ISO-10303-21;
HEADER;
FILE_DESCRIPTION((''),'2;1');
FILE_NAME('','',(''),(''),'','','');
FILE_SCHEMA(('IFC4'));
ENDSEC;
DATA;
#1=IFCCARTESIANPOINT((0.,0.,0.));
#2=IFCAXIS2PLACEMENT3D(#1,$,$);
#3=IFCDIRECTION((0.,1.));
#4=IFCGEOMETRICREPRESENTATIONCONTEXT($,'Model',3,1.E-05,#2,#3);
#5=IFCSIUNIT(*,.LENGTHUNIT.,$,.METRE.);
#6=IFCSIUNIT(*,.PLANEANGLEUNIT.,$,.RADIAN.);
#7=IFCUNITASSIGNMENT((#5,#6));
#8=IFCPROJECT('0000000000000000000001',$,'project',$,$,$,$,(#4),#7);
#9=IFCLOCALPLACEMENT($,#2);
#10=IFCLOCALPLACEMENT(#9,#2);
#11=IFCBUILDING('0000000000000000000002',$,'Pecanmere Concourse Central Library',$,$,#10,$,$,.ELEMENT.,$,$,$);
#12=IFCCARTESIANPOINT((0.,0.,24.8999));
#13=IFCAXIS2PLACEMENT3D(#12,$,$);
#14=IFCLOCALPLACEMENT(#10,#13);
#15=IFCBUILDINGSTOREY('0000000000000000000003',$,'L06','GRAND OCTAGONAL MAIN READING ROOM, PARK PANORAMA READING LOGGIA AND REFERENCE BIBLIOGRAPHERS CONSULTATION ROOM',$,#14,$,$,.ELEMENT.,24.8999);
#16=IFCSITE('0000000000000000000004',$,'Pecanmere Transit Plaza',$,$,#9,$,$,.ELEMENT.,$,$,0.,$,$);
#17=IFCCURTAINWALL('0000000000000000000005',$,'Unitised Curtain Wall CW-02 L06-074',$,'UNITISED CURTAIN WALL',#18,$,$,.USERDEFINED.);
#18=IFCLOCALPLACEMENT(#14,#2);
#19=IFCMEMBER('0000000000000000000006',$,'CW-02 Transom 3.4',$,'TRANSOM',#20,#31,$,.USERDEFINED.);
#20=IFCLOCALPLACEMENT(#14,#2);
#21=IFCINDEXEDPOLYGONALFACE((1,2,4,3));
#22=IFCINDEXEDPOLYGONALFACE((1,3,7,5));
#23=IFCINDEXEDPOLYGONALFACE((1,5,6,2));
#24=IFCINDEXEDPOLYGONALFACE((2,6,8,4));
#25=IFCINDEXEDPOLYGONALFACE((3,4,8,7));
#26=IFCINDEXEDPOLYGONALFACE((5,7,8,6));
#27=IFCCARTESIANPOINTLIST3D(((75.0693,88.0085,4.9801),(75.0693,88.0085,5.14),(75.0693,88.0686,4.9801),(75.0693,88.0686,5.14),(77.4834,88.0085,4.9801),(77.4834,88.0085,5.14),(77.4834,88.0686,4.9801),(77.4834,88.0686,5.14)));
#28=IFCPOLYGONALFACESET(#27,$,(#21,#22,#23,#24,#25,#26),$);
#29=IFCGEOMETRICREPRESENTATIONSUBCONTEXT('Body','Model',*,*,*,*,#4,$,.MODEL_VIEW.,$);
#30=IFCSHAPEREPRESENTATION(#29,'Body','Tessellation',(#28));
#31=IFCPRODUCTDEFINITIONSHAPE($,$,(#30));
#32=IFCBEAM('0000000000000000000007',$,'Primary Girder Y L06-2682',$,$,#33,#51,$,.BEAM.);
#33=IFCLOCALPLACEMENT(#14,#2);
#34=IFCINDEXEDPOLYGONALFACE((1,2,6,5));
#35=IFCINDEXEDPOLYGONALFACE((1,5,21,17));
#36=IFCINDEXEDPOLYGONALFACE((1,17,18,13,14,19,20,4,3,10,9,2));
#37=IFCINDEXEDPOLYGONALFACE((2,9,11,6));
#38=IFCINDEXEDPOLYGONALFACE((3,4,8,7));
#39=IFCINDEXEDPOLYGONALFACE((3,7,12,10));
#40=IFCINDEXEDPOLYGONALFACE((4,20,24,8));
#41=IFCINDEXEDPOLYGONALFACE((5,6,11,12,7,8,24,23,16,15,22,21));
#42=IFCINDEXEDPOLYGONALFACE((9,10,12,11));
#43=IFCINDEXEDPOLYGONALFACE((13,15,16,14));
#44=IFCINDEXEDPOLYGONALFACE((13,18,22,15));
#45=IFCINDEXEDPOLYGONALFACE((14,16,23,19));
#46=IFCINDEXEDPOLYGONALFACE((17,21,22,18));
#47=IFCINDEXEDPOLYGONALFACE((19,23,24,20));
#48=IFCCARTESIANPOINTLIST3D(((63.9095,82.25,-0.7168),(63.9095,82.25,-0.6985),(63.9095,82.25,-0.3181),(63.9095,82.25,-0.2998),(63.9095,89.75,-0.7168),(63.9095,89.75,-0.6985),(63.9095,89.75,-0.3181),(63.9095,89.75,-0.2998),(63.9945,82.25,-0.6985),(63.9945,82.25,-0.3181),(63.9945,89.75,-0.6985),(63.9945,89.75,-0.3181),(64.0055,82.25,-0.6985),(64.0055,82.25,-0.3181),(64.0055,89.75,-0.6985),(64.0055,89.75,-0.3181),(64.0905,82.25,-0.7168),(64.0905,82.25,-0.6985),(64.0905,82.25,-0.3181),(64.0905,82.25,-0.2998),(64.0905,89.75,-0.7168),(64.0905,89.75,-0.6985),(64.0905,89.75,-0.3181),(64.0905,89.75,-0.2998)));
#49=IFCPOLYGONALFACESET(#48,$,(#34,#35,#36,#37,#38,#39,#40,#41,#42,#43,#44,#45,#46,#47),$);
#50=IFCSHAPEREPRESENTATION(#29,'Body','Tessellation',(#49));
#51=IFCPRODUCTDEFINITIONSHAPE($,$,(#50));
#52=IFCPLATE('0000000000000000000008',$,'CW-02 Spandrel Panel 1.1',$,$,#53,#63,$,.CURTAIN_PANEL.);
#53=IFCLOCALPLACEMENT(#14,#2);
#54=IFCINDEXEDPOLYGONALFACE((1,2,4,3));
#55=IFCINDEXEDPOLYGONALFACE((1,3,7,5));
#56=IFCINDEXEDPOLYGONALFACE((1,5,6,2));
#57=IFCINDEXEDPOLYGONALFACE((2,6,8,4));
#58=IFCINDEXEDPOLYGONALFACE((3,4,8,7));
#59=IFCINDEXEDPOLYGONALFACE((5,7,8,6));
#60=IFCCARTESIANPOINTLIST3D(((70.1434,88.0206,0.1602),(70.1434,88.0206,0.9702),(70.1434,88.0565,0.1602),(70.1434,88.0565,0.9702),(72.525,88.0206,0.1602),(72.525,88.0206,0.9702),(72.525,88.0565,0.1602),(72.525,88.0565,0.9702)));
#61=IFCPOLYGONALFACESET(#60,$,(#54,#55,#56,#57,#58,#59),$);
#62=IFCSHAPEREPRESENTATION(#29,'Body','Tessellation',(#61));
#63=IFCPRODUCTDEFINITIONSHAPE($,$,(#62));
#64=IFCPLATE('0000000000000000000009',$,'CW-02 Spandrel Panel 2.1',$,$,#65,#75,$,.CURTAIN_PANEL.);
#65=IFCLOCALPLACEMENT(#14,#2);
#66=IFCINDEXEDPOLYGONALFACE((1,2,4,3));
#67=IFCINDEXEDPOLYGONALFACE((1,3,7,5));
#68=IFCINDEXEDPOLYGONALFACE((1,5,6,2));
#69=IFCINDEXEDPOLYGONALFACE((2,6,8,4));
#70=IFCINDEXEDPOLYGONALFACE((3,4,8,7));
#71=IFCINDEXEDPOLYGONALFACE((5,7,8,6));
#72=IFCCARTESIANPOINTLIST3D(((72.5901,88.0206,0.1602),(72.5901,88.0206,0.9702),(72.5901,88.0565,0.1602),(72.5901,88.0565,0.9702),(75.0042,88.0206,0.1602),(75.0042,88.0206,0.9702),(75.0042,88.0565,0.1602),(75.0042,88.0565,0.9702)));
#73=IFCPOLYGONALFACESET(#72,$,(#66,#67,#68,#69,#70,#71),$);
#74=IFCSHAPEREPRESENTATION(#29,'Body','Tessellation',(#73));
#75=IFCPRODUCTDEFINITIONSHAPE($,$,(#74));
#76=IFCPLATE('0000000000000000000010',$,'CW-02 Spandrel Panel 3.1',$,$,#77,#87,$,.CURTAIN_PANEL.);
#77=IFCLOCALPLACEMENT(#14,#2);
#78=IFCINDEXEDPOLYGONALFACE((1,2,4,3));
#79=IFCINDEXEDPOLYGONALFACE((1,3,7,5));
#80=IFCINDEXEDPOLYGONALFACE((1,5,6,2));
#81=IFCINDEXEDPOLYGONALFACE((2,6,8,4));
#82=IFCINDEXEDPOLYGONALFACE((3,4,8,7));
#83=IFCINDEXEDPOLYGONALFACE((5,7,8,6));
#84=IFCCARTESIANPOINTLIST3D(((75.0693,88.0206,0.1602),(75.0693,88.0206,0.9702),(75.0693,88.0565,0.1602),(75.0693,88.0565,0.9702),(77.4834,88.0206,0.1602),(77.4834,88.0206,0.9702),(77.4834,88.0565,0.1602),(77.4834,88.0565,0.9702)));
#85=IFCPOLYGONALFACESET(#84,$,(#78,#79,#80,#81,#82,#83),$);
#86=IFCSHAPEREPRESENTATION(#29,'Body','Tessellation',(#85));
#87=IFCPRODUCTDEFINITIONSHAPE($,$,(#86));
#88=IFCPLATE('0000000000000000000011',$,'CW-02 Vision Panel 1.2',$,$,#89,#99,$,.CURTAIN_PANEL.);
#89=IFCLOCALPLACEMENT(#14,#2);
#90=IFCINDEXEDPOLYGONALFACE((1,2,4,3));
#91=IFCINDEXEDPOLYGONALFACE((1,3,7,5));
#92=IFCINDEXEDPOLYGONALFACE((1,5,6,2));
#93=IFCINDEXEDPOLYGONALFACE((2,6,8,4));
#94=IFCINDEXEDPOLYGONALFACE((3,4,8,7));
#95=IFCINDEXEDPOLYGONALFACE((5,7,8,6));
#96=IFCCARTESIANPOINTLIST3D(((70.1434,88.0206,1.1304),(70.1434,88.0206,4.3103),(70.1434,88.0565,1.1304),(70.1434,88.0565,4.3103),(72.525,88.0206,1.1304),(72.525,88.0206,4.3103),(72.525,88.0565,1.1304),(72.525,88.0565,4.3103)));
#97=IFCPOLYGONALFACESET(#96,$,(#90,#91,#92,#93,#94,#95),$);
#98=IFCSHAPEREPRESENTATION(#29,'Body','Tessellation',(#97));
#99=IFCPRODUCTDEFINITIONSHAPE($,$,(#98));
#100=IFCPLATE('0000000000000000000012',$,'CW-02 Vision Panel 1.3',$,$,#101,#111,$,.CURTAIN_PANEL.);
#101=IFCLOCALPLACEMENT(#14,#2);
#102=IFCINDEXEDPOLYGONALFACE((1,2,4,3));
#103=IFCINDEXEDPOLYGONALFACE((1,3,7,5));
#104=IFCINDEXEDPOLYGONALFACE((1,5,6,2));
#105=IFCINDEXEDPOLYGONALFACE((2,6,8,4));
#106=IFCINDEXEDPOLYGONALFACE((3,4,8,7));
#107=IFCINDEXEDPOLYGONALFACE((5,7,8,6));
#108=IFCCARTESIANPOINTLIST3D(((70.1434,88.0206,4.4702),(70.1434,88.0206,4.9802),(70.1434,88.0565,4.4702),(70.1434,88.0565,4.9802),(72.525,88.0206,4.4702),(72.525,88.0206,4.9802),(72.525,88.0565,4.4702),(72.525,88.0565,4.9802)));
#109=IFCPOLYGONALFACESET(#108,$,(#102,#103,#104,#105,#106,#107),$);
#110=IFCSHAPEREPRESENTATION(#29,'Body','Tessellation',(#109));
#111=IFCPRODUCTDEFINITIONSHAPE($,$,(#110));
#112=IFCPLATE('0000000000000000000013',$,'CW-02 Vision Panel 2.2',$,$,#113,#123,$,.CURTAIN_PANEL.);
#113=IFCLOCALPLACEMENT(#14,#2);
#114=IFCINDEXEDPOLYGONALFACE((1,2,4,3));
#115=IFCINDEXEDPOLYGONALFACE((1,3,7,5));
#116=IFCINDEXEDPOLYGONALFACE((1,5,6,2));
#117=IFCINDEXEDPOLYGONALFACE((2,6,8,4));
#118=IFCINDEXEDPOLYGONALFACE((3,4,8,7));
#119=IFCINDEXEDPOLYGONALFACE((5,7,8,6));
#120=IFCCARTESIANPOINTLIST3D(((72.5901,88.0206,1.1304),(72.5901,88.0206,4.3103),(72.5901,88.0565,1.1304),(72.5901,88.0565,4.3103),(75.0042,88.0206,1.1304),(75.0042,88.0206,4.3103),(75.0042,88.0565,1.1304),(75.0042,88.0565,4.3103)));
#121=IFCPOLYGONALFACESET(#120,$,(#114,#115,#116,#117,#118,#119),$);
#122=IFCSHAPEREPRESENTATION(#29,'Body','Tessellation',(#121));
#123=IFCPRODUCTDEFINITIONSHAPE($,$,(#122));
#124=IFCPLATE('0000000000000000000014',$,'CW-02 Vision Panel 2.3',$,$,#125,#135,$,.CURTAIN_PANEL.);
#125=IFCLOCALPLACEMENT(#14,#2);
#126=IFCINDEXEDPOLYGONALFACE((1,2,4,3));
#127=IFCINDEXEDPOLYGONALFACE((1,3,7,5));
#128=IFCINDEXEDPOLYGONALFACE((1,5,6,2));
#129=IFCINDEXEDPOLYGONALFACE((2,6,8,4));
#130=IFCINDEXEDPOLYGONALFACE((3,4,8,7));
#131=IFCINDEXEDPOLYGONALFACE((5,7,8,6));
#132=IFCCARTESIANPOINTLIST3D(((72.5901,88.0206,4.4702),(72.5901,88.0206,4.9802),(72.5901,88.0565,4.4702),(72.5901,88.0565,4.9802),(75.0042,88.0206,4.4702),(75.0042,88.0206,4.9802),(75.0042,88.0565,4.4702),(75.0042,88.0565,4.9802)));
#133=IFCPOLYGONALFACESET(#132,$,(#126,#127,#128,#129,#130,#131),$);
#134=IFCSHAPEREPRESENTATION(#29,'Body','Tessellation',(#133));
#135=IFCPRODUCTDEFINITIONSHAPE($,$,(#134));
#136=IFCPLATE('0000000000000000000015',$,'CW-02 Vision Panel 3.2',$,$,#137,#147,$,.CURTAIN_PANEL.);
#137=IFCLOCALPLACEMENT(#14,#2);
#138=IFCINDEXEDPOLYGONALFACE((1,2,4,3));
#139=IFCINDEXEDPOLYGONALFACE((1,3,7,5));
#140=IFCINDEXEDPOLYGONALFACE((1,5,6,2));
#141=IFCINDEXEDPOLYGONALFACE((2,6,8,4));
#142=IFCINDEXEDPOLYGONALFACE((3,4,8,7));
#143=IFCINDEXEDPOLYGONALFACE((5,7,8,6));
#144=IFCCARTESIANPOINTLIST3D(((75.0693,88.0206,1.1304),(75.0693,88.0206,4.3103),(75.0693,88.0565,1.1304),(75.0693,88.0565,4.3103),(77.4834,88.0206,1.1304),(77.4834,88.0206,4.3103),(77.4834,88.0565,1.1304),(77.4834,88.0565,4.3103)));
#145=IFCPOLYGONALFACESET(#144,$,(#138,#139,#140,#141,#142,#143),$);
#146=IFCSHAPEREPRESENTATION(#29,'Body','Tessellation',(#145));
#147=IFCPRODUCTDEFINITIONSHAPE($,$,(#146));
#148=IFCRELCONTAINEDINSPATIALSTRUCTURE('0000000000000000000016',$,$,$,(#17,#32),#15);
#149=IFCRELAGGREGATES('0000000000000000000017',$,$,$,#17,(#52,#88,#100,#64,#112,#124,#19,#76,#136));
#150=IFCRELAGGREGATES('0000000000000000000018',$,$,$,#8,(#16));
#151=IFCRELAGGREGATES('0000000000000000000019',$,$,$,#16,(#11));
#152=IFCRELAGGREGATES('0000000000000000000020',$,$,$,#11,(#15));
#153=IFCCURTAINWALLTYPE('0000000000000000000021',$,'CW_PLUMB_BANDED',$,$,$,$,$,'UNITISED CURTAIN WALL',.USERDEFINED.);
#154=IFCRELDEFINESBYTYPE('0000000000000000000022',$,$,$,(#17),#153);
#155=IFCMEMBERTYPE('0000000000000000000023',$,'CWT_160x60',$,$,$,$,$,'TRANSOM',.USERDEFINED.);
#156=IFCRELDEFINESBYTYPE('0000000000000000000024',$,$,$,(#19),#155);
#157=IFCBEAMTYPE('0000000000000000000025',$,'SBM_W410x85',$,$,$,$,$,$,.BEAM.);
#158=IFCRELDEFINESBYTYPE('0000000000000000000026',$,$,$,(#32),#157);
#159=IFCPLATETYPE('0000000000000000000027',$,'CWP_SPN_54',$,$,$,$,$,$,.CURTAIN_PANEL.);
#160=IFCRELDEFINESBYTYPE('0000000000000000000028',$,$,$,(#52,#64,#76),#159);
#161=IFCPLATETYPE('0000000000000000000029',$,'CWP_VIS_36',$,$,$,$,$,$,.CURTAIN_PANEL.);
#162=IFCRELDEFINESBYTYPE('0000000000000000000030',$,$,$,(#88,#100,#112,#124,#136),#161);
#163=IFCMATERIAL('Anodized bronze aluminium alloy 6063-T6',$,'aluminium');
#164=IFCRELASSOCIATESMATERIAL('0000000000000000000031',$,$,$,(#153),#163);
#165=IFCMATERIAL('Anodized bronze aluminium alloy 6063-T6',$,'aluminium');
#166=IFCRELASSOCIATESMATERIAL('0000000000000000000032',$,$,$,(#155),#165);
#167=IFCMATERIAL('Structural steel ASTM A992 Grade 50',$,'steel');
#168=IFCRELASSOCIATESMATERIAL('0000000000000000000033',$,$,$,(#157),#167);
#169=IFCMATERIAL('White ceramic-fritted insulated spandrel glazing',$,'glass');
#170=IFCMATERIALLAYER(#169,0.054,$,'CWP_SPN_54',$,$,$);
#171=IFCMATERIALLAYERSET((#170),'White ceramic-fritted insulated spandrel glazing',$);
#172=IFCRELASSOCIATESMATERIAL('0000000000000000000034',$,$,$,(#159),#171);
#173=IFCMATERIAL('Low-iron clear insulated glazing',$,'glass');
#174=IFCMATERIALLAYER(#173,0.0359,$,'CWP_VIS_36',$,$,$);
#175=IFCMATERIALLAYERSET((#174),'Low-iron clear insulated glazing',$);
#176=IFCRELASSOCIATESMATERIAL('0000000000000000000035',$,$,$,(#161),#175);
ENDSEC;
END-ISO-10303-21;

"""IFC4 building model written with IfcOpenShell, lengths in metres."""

from ifc_helpers import new_model, si_unit, direction, frame, origin, origin_2d, place, context, subcontext, project, spatial, rectangle, i_section, extrude, material, layer, layer_set, material_profile, profile_set, type_object, element, aggregate, save


model = new_model("IFC4")

# Units and contexts
model_context = context("Model", 3, precision=1e-05, world=origin(), true_north=direction((0.0, 1.0)))
body_context = subcontext(model_context, "Body", "Model", "MODEL_VIEW")
ifc_project = project(units=[si_unit("LENGTHUNIT", "METRE"), si_unit("PLANEANGLEUNIT", "RADIAN")], contexts=[model_context])

# Site, building, storey
site_placement = place(None, origin())
site = spatial("IfcSite", under=ifc_project, at=site_placement, Name="Pecanmere Transit Plaza", CompositionType="ELEMENT", RefElevation=0.0)
building_placement = place(site_placement, origin())
building = spatial("IfcBuilding", under=site, at=building_placement, Name="Pecanmere Concourse Central Library", CompositionType="ELEMENT")
storey_placement = place(building_placement, frame((0.0, 0.0, 24.8999)))
storey = spatial("IfcBuildingStorey", under=building, at=storey_placement, Name="L06", Description="GRAND OCTAGONAL MAIN READING ROOM, PARK PANORAMA READING LOGGIA AND REFERENCE BIBLIOGRAPHERS CONSULTATION ROOM", CompositionType="ELEMENT", Elevation=24.8999)

# Curtain wall, member
ifc_material_1 = material(Name="Anodized bronze aluminium alloy 6063-T6", Category="aluminium")
curtain_wall_type = type_object("IfcCurtainWallType", Name="CW_PLUMB_BANDED", ElementType="UNITISED CURTAIN WALL", PredefinedType="USERDEFINED", material=ifc_material_1)
curtain_wall_placement = place(storey_placement, origin())
curtain_wall = element("IfcCurtainWall", 1, at=curtain_wall_placement, inside=storey, type_object=curtain_wall_type, Name="Unitised Curtain Wall CW-02 L06-074", ObjectType="UNITISED CURTAIN WALL", PredefinedType="USERDEFINED")
ifc_material_2 = material(Name="Anodized bronze aluminium alloy 6063-T6", Category="aluminium")
ifc_material_profile_1 = material_profile(ifc_material_2, rectangle(XDim=0.0601, YDim=0.1599, at=origin_2d()), Name="AL 60x160")
ifc_profile_set_1 = profile_set([ifc_material_profile_1], Name="Anodized bronze aluminium alloy 6063-T6")
member_type_1 = type_object("IfcMemberType", Name="CWT_160x60", ElementType="TRANSOM", PredefinedType="USERDEFINED", material=ifc_profile_set_1)
member_1_placement = place(storey_placement, frame((75.0693, 88.0386, 5.0601), z_axis=(1.0, 0.0, 0.0), x_axis=(0.0, 1.0, 0.0)))
member_1 = element("IfcMember", 2, at=member_1_placement, type_object=member_type_1, Name="CW-02 Transom 3.4", ObjectType="TRANSOM", PredefinedType="USERDEFINED", context=body_context, shape_type="SweptSolid", body=[
    extrude(rectangle(XDim=0.0601, YDim=0.1599, at=origin_2d()), origin(), (0.0, 0.0, 1.0), 2.4141),
])

# Beam
ifc_material_3 = material(Name="Structural steel ASTM A992 Grade 50", Category="steel")
ifc_material_profile_2 = material_profile(ifc_material_3, i_section(OverallWidth=0.1809, OverallDepth=0.417, WebThickness=0.011, FlangeThickness=0.0183, at=origin_2d()), Name="W410x85")
ifc_profile_set_2 = profile_set([ifc_material_profile_2], Name="Structural steel ASTM A992 Grade 50")
beam_type = type_object("IfcBeamType", Name="SBM_W410x85", PredefinedType="BEAM", material=ifc_profile_set_2)
beam_placement = place(storey_placement, frame((64.0, 82.25, -0.5083), z_axis=(0.0, 1.0, 0.0), x_axis=(-1.0, 0.0, 0.0)))
element("IfcBeam", 3, at=beam_placement, inside=storey, type_object=beam_type, Name="Primary Girder Y L06-2682", PredefinedType="BEAM", context=body_context, shape_type="SweptSolid", body=[
    extrude(i_section(OverallWidth=0.1809, OverallDepth=0.417, WebThickness=0.011, FlangeThickness=0.0183, at=origin_2d()), origin(), (0.0, 0.0, 1.0), 7.5),
])

# Plates
ifc_material_4 = material(Name="White ceramic-fritted insulated spandrel glazing", Category="glass")
ifc_layer_1 = layer(ifc_material_4, 0.054, Name="CWP_SPN_54")
ifc_layer_set_1 = layer_set([ifc_layer_1], Name="White ceramic-fritted insulated spandrel glazing")
plate_type_1 = type_object("IfcPlateType", Name="CWP_SPN_54", PredefinedType="CURTAIN_PANEL", material=ifc_layer_set_1)
plate_1_placement = place(storey_placement, frame((71.3342, 88.0386, 0.1602), z_axis=(0.0, 0.0, 1.0), x_axis=(1.0, 0.0, 0.0)))
plate_1 = element("IfcPlate", 4, at=plate_1_placement, type_object=plate_type_1, Name="CW-02 Spandrel Panel 1.1", PredefinedType="CURTAIN_PANEL", context=body_context, shape_type="SweptSolid", body=[
    extrude(rectangle(XDim=2.3816, YDim=0.0359, at=origin_2d()), origin(), (0.0, 0.0, 1.0), 0.8101),
])
plate_2_placement = place(storey_placement, frame((73.7971, 88.0386, 0.1602), z_axis=(0.0, 0.0, 1.0), x_axis=(1.0, 0.0, 0.0)))
plate_2 = element("IfcPlate", 5, at=plate_2_placement, type_object=plate_type_1, Name="CW-02 Spandrel Panel 2.1", PredefinedType="CURTAIN_PANEL", context=body_context, shape_type="SweptSolid", body=[
    extrude(rectangle(XDim=2.4141, YDim=0.0359, at=origin_2d()), origin(), (0.0, 0.0, 1.0), 0.8101),
])
plate_3_placement = place(storey_placement, frame((76.2764, 88.0386, 0.1602), z_axis=(0.0, 0.0, 1.0), x_axis=(1.0, 0.0, 0.0)))
plate_3 = element("IfcPlate", 6, at=plate_3_placement, type_object=plate_type_1, Name="CW-02 Spandrel Panel 3.1", PredefinedType="CURTAIN_PANEL", context=body_context, shape_type="SweptSolid", body=[
    extrude(rectangle(XDim=2.4141, YDim=0.0359, at=origin_2d()), origin(), (0.0, 0.0, 1.0), 0.8101),
])
ifc_material_5 = material(Name="Low-iron clear insulated glazing", Category="glass")
ifc_layer_2 = layer(ifc_material_5, 0.0359, Name="CWP_VIS_36")
ifc_layer_set_2 = layer_set([ifc_layer_2], Name="Low-iron clear insulated glazing")
plate_type_2 = type_object("IfcPlateType", Name="CWP_VIS_36", PredefinedType="CURTAIN_PANEL", material=ifc_layer_set_2)
plate_4_placement = place(storey_placement, frame((71.3342, 88.0386, 1.1304), z_axis=(0.0, 0.0, 1.0), x_axis=(1.0, 0.0, 0.0)))
plate_4 = element("IfcPlate", 7, at=plate_4_placement, type_object=plate_type_2, Name="CW-02 Vision Panel 1.2", PredefinedType="CURTAIN_PANEL", context=body_context, shape_type="SweptSolid", body=[
    extrude(rectangle(XDim=2.3816, YDim=0.0359, at=origin_2d()), origin(), (0.0, 0.0, 1.0), 3.1799),
])
plate_5_placement = place(storey_placement, frame((71.3342, 88.0386, 4.4702), z_axis=(0.0, 0.0, 1.0), x_axis=(1.0, 0.0, 0.0)))
plate_5 = element("IfcPlate", 8, at=plate_5_placement, type_object=plate_type_2, Name="CW-02 Vision Panel 1.3", PredefinedType="CURTAIN_PANEL", context=body_context, shape_type="SweptSolid", body=[
    extrude(rectangle(XDim=2.3816, YDim=0.0359, at=origin_2d()), origin(), (0.0, 0.0, 1.0), 0.51),
])
plate_6_placement = place(storey_placement, frame((73.7971, 88.0386, 1.1304), z_axis=(0.0, 0.0, 1.0), x_axis=(1.0, 0.0, 0.0)))
plate_6 = element("IfcPlate", 9, at=plate_6_placement, type_object=plate_type_2, Name="CW-02 Vision Panel 2.2", PredefinedType="CURTAIN_PANEL", context=body_context, shape_type="SweptSolid", body=[
    extrude(rectangle(XDim=2.4141, YDim=0.0359, at=origin_2d()), origin(), (0.0, 0.0, 1.0), 3.1799),
])
plate_7_placement = place(storey_placement, frame((73.7971, 88.0386, 4.4702), z_axis=(0.0, 0.0, 1.0), x_axis=(1.0, 0.0, 0.0)))
plate_7 = element("IfcPlate", 10, at=plate_7_placement, type_object=plate_type_2, Name="CW-02 Vision Panel 2.3", PredefinedType="CURTAIN_PANEL", context=body_context, shape_type="SweptSolid", body=[
    extrude(rectangle(XDim=2.4141, YDim=0.0359, at=origin_2d()), origin(), (0.0, 0.0, 1.0), 0.51),
])
plate_8_placement = place(storey_placement, frame((76.2764, 88.0386, 1.1304), z_axis=(0.0, 0.0, 1.0), x_axis=(1.0, 0.0, 0.0)))
plate_8 = element("IfcPlate", 11, at=plate_8_placement, type_object=plate_type_2, Name="CW-02 Vision Panel 3.2", PredefinedType="CURTAIN_PANEL", context=body_context, shape_type="SweptSolid", body=[
    extrude(rectangle(XDim=2.4141, YDim=0.0359, at=origin_2d()), origin(), (0.0, 0.0, 1.0), 3.1799),
])
aggregate(curtain_wall, [plate_1, plate_4, plate_5, plate_2, plate_6, plate_7, member_1, plate_3, plate_8])

save(model, "model.ifc")
